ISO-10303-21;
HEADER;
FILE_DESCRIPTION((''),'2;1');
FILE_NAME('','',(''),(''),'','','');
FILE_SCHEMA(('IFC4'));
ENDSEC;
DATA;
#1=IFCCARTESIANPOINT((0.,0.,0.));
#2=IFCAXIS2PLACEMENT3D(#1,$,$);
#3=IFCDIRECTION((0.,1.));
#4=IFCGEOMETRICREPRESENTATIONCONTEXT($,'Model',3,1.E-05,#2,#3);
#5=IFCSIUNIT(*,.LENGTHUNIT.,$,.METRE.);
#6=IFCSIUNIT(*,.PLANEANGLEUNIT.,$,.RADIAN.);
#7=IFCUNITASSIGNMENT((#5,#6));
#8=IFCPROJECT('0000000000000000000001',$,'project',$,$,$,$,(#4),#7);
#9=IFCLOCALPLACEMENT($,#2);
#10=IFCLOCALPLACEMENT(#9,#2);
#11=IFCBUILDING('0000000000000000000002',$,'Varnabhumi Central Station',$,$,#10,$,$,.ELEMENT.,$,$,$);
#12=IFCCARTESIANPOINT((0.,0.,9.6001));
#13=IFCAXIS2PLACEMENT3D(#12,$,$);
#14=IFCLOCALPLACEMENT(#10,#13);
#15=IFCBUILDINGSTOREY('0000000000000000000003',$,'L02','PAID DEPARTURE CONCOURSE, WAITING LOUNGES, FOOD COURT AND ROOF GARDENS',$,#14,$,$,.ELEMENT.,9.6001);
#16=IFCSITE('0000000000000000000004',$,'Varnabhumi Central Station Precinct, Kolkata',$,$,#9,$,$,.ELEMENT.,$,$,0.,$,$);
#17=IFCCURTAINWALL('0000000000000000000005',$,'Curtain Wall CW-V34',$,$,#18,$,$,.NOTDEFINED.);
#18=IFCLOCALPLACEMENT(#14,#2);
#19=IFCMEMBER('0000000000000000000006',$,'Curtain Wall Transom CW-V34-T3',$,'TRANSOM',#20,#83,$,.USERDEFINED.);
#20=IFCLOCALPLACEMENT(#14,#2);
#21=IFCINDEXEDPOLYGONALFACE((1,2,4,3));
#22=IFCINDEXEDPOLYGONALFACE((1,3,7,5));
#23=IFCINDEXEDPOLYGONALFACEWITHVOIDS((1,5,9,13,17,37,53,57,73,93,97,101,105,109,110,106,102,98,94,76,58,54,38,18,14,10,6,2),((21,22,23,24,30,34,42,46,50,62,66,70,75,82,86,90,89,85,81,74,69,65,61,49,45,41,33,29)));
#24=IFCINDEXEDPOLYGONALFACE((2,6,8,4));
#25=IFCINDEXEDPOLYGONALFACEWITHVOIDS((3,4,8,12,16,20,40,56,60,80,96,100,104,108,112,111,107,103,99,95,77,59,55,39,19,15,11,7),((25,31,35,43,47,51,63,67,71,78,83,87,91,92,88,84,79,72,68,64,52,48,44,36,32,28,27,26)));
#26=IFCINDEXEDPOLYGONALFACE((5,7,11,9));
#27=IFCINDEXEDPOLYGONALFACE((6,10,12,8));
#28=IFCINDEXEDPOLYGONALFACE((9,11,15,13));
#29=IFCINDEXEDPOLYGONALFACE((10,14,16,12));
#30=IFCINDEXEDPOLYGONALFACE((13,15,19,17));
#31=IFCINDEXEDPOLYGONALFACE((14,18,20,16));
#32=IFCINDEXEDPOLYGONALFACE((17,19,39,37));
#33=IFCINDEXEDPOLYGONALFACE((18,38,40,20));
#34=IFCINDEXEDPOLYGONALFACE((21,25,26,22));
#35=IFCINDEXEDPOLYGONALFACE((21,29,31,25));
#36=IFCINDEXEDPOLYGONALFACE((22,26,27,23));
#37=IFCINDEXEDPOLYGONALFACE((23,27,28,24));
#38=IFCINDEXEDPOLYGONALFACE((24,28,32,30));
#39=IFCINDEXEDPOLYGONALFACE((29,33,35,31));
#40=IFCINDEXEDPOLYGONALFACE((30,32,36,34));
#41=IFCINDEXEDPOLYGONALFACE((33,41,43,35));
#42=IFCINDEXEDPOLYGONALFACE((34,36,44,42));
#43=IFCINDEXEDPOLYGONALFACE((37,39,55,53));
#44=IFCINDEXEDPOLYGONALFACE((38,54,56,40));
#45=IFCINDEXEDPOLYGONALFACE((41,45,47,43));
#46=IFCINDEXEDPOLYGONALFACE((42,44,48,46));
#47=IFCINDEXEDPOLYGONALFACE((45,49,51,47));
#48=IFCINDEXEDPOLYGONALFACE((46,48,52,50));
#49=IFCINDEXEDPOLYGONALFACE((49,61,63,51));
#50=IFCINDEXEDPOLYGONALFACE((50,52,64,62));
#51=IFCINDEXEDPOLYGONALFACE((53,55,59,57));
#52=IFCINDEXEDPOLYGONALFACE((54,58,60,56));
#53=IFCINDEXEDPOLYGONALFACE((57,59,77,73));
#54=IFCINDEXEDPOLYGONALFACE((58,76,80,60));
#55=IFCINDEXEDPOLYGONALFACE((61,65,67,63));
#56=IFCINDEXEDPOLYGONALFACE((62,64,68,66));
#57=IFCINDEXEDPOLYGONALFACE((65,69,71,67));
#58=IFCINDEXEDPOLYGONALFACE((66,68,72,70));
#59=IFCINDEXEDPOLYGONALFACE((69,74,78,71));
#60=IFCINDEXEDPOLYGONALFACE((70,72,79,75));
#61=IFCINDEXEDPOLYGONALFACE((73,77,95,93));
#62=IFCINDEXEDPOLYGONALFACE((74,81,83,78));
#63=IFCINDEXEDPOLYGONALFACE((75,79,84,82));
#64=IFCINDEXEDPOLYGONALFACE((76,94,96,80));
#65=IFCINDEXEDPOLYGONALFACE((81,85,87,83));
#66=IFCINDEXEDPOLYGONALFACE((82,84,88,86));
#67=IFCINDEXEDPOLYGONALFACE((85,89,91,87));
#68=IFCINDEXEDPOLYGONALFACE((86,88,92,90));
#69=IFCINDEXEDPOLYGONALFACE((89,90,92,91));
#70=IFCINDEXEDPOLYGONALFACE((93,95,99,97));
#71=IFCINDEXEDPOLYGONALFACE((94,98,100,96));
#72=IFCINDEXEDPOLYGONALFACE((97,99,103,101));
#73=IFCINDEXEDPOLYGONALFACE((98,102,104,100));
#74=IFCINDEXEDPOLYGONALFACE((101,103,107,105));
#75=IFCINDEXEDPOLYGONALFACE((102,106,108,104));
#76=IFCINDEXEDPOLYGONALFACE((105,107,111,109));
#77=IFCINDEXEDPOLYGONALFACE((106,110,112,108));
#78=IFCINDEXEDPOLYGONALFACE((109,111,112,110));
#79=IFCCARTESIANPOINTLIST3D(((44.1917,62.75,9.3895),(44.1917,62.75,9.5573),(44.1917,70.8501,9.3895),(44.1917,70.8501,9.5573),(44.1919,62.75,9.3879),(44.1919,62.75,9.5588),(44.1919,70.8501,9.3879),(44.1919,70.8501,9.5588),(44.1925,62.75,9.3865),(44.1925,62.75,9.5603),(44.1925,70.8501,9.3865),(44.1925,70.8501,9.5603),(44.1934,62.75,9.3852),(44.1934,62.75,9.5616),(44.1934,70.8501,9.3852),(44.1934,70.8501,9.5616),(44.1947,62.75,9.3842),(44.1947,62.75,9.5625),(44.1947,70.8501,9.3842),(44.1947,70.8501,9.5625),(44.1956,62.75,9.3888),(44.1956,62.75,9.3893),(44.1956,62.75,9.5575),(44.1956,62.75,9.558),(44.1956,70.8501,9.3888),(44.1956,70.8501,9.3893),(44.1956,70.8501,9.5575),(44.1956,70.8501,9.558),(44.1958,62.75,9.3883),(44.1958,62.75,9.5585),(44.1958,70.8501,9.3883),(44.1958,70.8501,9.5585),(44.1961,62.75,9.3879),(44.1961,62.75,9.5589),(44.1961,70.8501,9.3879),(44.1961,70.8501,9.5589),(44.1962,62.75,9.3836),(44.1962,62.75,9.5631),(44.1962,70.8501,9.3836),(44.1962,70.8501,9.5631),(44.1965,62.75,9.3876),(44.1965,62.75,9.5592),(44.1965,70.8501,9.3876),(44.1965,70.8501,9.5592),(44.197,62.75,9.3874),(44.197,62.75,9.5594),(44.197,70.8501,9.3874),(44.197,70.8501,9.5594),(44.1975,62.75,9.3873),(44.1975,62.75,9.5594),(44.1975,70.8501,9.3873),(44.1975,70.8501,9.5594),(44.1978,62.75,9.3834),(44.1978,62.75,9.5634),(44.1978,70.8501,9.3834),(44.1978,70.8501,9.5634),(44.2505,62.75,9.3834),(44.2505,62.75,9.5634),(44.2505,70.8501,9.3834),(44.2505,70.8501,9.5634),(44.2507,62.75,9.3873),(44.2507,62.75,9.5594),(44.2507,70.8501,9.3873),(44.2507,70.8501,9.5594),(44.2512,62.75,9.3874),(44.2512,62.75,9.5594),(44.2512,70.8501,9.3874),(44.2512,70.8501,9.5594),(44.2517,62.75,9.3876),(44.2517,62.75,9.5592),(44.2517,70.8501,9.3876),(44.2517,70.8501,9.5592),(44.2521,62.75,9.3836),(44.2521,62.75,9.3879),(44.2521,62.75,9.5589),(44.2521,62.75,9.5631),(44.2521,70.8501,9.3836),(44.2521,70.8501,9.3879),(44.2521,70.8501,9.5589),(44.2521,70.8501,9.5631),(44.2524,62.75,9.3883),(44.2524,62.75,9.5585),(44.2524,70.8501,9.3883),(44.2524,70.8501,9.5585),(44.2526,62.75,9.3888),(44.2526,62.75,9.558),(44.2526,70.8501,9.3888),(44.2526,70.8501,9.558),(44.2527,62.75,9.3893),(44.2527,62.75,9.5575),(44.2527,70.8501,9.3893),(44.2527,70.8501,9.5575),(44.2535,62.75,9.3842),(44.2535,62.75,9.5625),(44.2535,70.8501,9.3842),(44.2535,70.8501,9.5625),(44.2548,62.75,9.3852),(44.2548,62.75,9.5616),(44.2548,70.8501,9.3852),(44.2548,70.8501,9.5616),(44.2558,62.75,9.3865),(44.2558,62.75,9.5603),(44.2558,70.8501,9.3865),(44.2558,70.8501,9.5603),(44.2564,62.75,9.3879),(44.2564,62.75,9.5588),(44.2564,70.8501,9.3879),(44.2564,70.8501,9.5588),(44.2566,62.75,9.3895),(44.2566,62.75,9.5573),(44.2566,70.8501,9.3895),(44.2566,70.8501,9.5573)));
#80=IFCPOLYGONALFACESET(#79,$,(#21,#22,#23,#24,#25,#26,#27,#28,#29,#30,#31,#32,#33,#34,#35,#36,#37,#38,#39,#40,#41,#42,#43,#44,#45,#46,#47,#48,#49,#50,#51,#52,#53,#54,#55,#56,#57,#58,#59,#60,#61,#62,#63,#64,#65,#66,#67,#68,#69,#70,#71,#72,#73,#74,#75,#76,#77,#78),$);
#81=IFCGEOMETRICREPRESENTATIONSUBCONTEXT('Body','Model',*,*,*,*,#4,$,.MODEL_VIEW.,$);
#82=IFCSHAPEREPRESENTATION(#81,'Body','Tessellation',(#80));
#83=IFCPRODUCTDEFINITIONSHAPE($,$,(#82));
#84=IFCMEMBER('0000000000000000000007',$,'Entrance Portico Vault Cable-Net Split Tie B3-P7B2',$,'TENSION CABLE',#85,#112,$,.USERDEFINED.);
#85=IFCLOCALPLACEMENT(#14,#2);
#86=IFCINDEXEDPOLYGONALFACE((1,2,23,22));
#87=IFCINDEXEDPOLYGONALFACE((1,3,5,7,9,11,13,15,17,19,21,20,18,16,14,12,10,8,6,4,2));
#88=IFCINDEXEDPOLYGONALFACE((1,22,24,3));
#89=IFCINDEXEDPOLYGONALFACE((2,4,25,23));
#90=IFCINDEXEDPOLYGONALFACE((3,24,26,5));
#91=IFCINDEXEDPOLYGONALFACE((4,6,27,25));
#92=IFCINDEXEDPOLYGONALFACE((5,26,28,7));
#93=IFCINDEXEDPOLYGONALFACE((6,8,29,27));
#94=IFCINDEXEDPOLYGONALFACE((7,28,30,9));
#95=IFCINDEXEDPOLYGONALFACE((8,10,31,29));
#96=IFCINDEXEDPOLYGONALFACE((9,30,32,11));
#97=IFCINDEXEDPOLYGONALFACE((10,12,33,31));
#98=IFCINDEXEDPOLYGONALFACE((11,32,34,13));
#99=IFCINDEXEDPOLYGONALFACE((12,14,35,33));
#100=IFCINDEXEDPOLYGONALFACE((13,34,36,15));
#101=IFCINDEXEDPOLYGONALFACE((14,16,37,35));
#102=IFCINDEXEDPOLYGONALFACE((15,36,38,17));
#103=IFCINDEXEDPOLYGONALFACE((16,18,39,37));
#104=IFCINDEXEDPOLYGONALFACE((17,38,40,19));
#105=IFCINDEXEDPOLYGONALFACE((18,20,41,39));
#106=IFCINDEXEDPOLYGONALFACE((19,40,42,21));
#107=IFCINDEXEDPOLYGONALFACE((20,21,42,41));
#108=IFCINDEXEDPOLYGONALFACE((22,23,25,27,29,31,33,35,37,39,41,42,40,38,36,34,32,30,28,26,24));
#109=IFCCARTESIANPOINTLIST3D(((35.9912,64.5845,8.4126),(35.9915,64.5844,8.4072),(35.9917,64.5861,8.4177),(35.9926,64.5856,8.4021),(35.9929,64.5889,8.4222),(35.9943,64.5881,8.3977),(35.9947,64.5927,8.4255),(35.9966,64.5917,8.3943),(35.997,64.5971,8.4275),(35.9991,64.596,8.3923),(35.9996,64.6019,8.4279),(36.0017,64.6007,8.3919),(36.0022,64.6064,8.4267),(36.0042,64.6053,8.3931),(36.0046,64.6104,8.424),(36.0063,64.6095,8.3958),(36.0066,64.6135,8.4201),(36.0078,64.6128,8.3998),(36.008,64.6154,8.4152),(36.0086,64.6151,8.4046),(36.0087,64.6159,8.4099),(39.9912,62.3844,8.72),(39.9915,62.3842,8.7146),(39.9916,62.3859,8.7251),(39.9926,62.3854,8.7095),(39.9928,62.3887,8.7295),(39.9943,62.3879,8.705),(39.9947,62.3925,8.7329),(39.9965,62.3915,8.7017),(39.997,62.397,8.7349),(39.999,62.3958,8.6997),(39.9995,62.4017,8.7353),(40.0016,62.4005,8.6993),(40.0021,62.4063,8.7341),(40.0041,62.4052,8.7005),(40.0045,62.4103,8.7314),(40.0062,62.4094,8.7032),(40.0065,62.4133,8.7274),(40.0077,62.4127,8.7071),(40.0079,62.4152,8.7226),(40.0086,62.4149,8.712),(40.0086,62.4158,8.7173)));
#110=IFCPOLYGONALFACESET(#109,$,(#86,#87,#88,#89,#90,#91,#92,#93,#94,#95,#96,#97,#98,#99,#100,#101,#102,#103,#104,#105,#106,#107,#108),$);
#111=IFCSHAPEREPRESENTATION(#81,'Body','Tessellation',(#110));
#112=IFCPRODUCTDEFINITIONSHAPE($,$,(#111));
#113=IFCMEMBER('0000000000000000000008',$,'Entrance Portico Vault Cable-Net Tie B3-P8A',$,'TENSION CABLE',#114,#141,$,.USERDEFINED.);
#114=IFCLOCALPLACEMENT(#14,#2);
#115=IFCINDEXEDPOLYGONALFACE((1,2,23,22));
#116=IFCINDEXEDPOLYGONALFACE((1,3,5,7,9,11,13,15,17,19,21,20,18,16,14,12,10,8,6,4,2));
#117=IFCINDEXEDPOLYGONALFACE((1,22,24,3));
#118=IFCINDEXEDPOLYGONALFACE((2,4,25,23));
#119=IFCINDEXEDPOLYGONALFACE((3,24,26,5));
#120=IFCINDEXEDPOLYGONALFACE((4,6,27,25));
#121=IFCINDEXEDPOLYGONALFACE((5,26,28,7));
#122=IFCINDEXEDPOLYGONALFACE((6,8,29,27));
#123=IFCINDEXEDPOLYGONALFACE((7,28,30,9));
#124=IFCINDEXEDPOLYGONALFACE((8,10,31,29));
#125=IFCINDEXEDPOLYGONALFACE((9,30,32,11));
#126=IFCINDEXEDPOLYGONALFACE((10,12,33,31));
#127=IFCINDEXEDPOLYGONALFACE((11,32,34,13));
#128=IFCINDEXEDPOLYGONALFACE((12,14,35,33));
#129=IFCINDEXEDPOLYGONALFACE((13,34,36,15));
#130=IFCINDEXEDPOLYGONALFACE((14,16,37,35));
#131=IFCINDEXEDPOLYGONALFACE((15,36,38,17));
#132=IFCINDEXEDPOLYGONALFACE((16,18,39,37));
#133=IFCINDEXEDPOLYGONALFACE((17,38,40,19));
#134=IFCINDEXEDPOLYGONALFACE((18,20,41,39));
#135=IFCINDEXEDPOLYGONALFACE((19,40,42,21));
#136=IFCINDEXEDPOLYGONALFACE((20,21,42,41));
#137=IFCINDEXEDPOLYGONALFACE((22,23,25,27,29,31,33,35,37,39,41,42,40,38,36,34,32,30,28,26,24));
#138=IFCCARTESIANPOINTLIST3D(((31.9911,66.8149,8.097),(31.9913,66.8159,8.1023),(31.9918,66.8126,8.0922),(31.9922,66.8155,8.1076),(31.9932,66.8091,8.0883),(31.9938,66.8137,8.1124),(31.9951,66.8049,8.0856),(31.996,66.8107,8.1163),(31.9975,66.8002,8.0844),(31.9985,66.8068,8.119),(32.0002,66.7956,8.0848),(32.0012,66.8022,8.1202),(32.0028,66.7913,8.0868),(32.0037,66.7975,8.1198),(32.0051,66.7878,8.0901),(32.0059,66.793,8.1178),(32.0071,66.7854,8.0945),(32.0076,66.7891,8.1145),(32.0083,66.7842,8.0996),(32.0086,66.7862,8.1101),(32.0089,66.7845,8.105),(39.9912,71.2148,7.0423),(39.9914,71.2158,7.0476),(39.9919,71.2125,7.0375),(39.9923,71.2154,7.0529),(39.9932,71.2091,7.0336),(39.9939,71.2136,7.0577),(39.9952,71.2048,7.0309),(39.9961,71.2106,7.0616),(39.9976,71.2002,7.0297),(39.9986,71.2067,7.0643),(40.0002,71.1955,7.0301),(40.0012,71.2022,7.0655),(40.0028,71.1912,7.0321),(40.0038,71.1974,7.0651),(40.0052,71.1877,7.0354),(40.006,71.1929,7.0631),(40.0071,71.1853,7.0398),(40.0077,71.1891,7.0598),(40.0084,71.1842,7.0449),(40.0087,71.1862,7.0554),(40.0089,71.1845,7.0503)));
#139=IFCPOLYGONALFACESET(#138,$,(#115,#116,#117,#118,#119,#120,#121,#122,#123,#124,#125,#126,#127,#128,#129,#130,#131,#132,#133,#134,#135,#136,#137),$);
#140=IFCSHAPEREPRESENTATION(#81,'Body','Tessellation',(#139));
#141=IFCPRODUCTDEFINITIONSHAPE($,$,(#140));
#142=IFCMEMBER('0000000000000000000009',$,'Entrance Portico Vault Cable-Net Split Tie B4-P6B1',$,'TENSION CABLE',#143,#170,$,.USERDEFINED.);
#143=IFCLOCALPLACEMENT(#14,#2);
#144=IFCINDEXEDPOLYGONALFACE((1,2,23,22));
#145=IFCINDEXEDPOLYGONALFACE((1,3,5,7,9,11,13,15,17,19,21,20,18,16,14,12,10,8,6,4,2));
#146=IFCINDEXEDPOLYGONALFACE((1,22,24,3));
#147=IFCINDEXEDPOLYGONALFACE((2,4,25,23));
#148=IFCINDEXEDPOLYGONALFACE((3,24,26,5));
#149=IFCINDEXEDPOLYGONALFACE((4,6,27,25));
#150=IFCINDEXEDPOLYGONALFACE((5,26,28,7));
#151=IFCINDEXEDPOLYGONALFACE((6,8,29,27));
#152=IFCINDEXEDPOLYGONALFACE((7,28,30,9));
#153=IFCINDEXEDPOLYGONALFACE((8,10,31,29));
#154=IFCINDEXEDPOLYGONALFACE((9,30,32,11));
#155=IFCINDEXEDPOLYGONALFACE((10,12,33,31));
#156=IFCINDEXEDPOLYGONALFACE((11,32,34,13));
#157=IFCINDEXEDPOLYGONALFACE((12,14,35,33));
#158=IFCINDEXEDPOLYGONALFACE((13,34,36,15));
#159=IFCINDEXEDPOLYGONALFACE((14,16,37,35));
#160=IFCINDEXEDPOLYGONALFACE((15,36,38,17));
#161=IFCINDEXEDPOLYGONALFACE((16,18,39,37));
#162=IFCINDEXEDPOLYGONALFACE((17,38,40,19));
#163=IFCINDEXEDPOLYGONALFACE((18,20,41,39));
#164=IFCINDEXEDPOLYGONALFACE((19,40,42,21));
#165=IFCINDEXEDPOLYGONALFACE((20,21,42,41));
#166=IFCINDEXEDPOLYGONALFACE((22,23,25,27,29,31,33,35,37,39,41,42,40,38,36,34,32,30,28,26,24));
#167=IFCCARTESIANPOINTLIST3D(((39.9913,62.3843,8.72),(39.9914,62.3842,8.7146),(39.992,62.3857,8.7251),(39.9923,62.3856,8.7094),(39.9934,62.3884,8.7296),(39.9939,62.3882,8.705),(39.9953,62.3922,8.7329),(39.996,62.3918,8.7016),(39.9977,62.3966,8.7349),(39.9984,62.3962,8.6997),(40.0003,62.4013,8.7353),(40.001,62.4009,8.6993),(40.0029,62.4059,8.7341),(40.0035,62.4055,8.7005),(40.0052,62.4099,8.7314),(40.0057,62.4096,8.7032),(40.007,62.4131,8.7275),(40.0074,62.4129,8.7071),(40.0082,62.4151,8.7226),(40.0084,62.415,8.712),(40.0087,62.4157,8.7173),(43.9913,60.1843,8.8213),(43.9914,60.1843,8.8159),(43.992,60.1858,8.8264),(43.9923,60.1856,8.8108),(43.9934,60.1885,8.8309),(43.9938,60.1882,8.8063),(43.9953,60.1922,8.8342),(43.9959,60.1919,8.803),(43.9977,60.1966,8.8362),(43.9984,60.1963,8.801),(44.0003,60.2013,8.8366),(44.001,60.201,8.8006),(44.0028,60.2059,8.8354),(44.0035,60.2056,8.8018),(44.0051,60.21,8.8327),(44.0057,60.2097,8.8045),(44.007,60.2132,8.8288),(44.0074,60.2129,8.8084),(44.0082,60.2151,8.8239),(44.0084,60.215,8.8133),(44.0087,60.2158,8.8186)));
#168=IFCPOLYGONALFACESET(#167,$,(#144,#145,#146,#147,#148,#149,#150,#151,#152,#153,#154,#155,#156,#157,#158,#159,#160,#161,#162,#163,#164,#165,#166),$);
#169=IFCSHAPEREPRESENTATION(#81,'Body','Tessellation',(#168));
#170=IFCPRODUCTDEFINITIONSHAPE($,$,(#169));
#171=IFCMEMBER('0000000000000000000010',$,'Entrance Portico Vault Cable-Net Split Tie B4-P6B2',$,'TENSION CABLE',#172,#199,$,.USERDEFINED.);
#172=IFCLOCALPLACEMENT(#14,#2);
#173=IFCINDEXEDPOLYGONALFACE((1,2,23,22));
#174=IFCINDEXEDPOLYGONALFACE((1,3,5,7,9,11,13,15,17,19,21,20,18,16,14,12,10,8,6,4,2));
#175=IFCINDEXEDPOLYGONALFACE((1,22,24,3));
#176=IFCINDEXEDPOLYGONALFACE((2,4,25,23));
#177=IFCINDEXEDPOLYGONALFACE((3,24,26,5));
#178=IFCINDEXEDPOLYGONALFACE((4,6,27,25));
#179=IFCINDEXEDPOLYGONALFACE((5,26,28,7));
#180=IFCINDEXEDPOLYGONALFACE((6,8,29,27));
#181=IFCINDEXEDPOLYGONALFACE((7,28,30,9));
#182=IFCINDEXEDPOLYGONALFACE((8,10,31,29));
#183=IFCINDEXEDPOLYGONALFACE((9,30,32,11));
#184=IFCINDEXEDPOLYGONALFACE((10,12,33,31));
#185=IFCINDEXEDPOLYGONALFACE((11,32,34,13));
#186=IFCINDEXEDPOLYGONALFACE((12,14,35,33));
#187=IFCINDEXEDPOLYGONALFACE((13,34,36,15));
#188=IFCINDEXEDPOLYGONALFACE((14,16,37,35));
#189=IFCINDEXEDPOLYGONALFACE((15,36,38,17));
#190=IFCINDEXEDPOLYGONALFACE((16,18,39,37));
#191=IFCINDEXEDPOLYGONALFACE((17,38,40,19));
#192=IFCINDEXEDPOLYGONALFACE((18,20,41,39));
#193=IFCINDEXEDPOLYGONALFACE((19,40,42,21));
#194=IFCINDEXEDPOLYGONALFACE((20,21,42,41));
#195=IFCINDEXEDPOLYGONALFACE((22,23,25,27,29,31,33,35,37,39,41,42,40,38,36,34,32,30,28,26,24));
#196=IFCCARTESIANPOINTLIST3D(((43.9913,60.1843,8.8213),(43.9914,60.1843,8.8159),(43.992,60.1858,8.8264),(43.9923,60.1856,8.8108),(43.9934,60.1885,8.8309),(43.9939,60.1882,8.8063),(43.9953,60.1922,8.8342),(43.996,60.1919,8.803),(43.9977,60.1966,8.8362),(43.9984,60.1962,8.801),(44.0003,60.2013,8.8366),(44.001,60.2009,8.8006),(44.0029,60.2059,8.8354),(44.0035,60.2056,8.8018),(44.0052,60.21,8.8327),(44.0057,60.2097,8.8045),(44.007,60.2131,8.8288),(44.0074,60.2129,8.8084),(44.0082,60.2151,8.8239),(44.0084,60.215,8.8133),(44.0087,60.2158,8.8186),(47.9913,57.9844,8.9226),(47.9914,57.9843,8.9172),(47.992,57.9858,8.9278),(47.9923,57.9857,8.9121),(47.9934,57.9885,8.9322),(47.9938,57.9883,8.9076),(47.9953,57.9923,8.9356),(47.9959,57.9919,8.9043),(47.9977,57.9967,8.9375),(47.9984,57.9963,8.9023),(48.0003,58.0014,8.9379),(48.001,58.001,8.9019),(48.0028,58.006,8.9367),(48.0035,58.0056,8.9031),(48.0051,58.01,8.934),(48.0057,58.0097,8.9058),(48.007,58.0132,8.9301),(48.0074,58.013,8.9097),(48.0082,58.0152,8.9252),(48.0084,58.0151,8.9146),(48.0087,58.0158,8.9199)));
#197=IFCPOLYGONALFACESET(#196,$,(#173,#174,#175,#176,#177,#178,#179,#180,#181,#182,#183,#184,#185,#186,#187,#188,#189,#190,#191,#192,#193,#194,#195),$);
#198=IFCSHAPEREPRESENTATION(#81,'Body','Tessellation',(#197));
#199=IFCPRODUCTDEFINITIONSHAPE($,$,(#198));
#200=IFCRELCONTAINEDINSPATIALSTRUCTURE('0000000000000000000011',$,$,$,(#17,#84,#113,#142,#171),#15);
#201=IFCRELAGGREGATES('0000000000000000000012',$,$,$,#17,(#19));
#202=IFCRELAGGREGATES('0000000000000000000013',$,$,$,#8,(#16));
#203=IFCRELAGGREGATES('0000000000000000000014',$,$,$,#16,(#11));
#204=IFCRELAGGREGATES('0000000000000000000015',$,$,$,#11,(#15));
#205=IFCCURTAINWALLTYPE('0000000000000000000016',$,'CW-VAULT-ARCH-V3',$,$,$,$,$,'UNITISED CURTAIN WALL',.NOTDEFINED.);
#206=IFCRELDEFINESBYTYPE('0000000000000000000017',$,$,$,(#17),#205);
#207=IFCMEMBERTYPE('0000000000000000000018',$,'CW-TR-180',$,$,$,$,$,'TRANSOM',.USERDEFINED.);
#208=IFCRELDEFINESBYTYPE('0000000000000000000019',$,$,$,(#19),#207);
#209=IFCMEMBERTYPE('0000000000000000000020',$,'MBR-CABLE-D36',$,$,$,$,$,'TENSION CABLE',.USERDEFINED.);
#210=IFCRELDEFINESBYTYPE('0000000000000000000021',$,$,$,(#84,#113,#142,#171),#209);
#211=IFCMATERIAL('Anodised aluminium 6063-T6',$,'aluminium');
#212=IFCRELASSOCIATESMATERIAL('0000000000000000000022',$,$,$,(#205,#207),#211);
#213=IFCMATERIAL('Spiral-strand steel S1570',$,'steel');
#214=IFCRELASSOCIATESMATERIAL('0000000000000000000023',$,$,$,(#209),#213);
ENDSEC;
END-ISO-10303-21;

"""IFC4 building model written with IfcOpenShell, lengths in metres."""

from ifc_helpers import new_model, si_unit, direction, frame, origin, origin_2d, place, context, subcontext, project, spatial, hollow_rectangle, circle, extrude, material, material_profile, profile_set, type_object, element, aggregate, save


model = new_model("IFC4")

# Units and contexts
model_context = context("Model", 3, precision=1e-05, world=origin(), true_north=direction((0.0, 1.0)))
body_context = subcontext(model_context, "Body", "Model", "MODEL_VIEW")
ifc_project = project(units=[si_unit("LENGTHUNIT", "METRE"), si_unit("PLANEANGLEUNIT", "RADIAN")], contexts=[model_context])

# Site, building, storey
site_placement = place(None, origin())
site = spatial("IfcSite", under=ifc_project, at=site_placement, Name="Varnabhumi Central Station Precinct, Kolkata", CompositionType="ELEMENT", RefElevation=0.0)
building_placement = place(site_placement, origin())
building = spatial("IfcBuilding", under=site, at=building_placement, Name="Varnabhumi Central Station", CompositionType="ELEMENT")
storey_placement = place(building_placement, frame((0.0, 0.0, 9.6001)))
storey = spatial("IfcBuildingStorey", under=building, at=storey_placement, Name="L02", Description="PAID DEPARTURE CONCOURSE, WAITING LOUNGES, FOOD COURT AND ROOF GARDENS", CompositionType="ELEMENT", Elevation=9.6001)

# Curtain wall, member
ifc_material_1 = material(Name="Anodised aluminium 6063-T6", Category="aluminium")
curtain_wall_type = type_object("IfcCurtainWallType", Name="CW-VAULT-ARCH-V3", ElementType="UNITISED CURTAIN WALL", PredefinedType="NOTDEFINED", material=ifc_material_1)
curtain_wall_placement = place(storey_placement, origin())
curtain_wall = element("IfcCurtainWall", 1, at=curtain_wall_placement, inside=storey, type_object=curtain_wall_type, Name="Curtain Wall CW-V34", PredefinedType="NOTDEFINED")
ifc_material_profile_1 = material_profile(ifc_material_1, hollow_rectangle(XDim=0.0649, YDim=0.1799, WallThickness=0.0039, InnerFilletRadius=0.002, OuterFilletRadius=0.0061, at=origin_2d()), Name="Anodised aluminium 6063-T6", Category="aluminium")
ifc_profile_set_1 = profile_set([ifc_material_profile_1], Name="Anodised aluminium 6063-T6")
member_type_1 = type_object("IfcMemberType", Name="CW-TR-180", ElementType="TRANSOM", PredefinedType="USERDEFINED", material=ifc_profile_set_1)
member_1_placement = place(storey_placement, frame((44.2241, 62.75, 9.4734), z_axis=(0.0, 1.0, 0.0), x_axis=(-1.0, 0.0, 0.0)))
member_1 = element("IfcMember", 2, at=member_1_placement, type_object=member_type_1, Name="Curtain Wall Transom CW-V34-T3", ObjectType="TRANSOM", PredefinedType="USERDEFINED", context=body_context, shape_type="SweptSolid", body=[
    extrude(hollow_rectangle(XDim=0.0649, YDim=0.1799, WallThickness=0.0039, InnerFilletRadius=0.002, OuterFilletRadius=0.0061, at=origin_2d()), origin(), (0.0, 0.0, 1.0), 8.1001),
])

# Members
ifc_material_2 = material(Name="Spiral-strand steel S1570", Category="steel")
ifc_material_profile_2 = material_profile(ifc_material_2, circle(Radius=0.0181, at=origin_2d()), Name="Spiral-strand steel S1570", Category="steel")
ifc_profile_set_2 = profile_set([ifc_material_profile_2], Name="Spiral-strand steel S1570")
member_type_2 = type_object("IfcMemberType", Name="MBR-CABLE-D36", ElementType="TENSION CABLE", PredefinedType="USERDEFINED", material=ifc_profile_set_2)
member_2_placement = place(storey_placement, frame((36.0, 64.6001, 8.4099), z_axis=(0.874219, -0.480863, 0.067178), x_axis=(0.481952, 0.876198, 0.0)))
element("IfcMember", 3, at=member_2_placement, inside=storey, type_object=member_type_2, Name="Entrance Portico Vault Cable-Net Split Tie B3-P7B2", ObjectType="TENSION CABLE", PredefinedType="USERDEFINED", context=body_context, shape_type="SweptSolid", body=[
    extrude(circle(Radius=0.0181, at=origin_2d()), origin(), (0.0, 0.0, 1.0), 4.5754),
])
member_3_placement = place(storey_placement, frame((32.0, 66.8, 8.1023), z_axis=(0.870432, 0.478727, -0.114754), x_axis=(-0.481911, 0.87622, 0.0)))
element("IfcMember", 4, at=member_3_placement, inside=storey, type_object=member_type_2, Name="Entrance Portico Vault Cable-Net Tie B3-P8A", ObjectType="TENSION CABLE", PredefinedType="USERDEFINED", context=body_context, shape_type="SweptSolid", body=[
    extrude(circle(Radius=0.0181, at=origin_2d()), origin(), (0.0, 0.0, 1.0), 9.1909),
])
for number, where, z_axis, x_axis, name in (
    (5, (40.0, 62.3999, 8.7173), (0.876005, -0.481792, 0.022189), (0.481911, 0.87622, 0.0), "Entrance Portico Vault Cable-Net Split Tie B4-P6B1"),
    (6, (44.0, 60.2, 8.8186), (0.876005, -0.481792, 0.022189), (0.481911, 0.87622, 0.0), "Entrance Portico Vault Cable-Net Split Tie B4-P6B2"),
):
    element("IfcMember", number, at=place(storey_placement, frame(where, z_axis=z_axis, x_axis=x_axis)), inside=storey, type_object=member_type_2, Name=name, ObjectType="TENSION CABLE", PredefinedType="USERDEFINED", context=body_context, shape_type="SweptSolid", body=[
        extrude(circle(Radius=0.0181, at=origin_2d()), origin(), (0.0, 0.0, 1.0), 4.5662),
    ])

aggregate(curtain_wall, [member_1])

save(model, "model.ifc")
